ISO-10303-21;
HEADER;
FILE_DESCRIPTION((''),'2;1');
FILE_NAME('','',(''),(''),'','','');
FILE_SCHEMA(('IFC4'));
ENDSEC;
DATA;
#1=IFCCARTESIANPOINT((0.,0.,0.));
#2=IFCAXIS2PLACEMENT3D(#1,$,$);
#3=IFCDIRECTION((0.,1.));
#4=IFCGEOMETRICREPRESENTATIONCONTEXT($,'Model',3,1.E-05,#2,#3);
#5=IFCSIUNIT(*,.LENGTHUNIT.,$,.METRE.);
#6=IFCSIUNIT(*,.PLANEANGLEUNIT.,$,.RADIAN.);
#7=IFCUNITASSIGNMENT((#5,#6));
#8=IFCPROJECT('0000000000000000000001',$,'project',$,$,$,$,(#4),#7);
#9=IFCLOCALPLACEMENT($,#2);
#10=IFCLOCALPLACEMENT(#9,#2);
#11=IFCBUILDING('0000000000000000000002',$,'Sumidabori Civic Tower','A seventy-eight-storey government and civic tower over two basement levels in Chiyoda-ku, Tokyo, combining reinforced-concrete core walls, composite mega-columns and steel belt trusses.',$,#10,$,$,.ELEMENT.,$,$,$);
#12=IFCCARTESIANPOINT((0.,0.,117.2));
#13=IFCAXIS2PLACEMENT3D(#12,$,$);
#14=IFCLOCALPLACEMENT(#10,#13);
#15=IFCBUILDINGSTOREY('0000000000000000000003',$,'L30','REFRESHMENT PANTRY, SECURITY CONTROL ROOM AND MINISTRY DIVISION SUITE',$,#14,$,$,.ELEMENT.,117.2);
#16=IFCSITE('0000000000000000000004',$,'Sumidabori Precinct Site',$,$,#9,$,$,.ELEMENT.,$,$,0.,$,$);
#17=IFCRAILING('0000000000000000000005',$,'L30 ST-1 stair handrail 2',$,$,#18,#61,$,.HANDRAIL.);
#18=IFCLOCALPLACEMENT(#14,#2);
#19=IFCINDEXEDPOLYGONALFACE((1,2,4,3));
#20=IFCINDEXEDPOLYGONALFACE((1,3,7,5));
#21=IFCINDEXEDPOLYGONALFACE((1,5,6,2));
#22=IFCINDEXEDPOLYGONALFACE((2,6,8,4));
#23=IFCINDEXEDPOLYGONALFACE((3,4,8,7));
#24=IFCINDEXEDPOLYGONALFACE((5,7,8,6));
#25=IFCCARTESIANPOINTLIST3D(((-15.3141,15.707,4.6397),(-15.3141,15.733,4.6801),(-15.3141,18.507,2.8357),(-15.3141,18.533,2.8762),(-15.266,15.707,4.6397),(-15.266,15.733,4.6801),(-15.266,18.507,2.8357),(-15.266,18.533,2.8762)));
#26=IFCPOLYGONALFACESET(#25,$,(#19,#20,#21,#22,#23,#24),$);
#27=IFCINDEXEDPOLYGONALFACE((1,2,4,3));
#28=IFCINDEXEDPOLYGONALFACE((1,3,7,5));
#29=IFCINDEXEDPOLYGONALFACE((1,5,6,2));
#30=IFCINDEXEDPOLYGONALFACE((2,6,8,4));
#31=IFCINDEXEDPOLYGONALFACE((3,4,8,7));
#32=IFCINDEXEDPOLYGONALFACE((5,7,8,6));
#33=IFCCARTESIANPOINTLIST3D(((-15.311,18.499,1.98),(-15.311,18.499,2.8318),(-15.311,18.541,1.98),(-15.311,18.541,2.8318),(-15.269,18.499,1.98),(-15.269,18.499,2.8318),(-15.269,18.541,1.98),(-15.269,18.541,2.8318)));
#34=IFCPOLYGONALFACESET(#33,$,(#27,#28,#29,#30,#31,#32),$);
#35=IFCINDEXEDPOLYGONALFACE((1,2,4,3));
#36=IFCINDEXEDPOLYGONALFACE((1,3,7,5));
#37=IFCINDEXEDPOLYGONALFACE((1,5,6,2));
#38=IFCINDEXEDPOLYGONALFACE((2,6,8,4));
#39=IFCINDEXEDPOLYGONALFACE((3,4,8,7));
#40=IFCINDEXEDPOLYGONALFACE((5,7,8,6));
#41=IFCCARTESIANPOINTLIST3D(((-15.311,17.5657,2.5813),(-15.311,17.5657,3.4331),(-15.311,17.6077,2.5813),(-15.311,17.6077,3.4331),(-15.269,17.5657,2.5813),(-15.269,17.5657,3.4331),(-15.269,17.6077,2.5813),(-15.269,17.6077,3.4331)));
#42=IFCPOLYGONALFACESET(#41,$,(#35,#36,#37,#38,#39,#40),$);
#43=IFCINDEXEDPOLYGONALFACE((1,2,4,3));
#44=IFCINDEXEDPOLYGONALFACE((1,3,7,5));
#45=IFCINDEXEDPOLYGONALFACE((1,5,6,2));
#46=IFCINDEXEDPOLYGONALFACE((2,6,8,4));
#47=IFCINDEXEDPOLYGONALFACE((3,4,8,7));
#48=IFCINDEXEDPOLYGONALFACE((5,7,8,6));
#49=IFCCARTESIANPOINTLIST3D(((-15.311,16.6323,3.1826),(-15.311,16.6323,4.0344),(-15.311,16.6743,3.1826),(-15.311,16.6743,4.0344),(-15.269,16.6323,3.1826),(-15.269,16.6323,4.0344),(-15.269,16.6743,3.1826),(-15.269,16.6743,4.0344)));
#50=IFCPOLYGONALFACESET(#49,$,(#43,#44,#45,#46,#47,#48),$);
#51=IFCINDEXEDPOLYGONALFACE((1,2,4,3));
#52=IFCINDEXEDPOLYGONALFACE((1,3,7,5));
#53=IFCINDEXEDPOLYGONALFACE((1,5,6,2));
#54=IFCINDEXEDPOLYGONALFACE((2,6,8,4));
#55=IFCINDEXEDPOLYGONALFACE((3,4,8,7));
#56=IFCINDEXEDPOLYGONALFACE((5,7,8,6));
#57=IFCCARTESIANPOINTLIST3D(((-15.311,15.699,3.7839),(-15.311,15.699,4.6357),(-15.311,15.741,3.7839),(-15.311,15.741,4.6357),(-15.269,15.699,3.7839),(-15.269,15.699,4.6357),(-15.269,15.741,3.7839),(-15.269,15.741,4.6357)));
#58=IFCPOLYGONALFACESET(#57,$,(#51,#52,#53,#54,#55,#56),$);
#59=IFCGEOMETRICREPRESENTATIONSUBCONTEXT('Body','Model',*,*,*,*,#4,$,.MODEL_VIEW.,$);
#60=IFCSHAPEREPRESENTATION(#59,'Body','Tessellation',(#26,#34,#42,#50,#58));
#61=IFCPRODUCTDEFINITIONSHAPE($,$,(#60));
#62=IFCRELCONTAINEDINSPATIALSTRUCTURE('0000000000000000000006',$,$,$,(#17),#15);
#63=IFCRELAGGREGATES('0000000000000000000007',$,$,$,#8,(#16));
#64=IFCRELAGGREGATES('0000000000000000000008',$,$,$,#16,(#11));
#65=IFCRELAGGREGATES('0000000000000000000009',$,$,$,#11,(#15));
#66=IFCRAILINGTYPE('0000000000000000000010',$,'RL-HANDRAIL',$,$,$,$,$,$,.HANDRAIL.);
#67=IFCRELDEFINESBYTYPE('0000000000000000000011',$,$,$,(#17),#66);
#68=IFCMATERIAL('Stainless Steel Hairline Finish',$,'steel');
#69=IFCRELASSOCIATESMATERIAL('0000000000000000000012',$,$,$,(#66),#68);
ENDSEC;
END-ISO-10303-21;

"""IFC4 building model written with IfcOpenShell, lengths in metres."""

from ifc_helpers import new_model, si_unit, direction, frame, origin, origin_2d, place, context, subcontext, project, spatial, rectangle, extrude, material, type_object, element, save


model = new_model("IFC4")

# Units and contexts
model_context = context("Model", 3, precision=1e-05, world=origin(), true_north=direction((0.0, 1.0)))
body_context = subcontext(model_context, "Body", "Model", "MODEL_VIEW")
ifc_project = project(units=[si_unit("LENGTHUNIT", "METRE"), si_unit("PLANEANGLEUNIT", "RADIAN")], contexts=[model_context])

# Site, building, storey
site_placement = place(None, origin())
site = spatial("IfcSite", under=ifc_project, at=site_placement, Name="Sumidabori Precinct Site", CompositionType="ELEMENT", RefElevation=0.0)
building_placement = place(site_placement, origin())
building = spatial("IfcBuilding", under=site, at=building_placement, Name="Sumidabori Civic Tower", Description="A seventy-eight-storey government and civic tower over two basement levels in Chiyoda-ku, Tokyo, combining reinforced-concrete core walls, composite mega-columns and steel belt trusses.", CompositionType="ELEMENT")
storey_placement = place(building_placement, frame((0.0, 0.0, 117.2)))
storey = spatial("IfcBuildingStorey", under=building, at=storey_placement, Name="L30", Description="REFRESHMENT PANTRY, SECURITY CONTROL ROOM AND MINISTRY DIVISION SUITE", CompositionType="ELEMENT", Elevation=117.2)

# Railing
ifc_material_1 = material(Name="Stainless Steel Hairline Finish", Category="steel")
railing_type = type_object("IfcRailingType", Name="RL-HANDRAIL", PredefinedType="HANDRAIL", material=ifc_material_1)
railing_placement = place(storey_placement, frame((-15.29, 18.52, 1.98)))
element("IfcRailing", 1, at=railing_placement, inside=storey, type_object=railing_type, Name="L30 ST-1 stair handrail 2", PredefinedType="HANDRAIL", context=body_context, shape_type="SweptSolid", body=[
    extrude(rectangle(XDim=0.0481, YDim=0.0481, at=origin_2d()), frame((0.0, 0.0, 0.876), z_axis=(0.0, -0.840642, 0.541591), x_axis=(1.0, 0.0, 0.0)), (0.0, 0.0, 1.0), 3.3308),
    extrude(rectangle(XDim=0.042, YDim=0.042, at=origin_2d()), origin(), (0.0, 0.0, 1.0), 0.8518),
    extrude(rectangle(XDim=0.042, YDim=0.042, at=origin_2d()), frame((0.0, -0.9333, 0.6013)), (0.0, 0.0, 1.0), 0.8518),
    extrude(rectangle(XDim=0.042, YDim=0.042, at=origin_2d()), frame((0.0, -1.8667, 1.2026)), (0.0, 0.0, 1.0), 0.8518),
    extrude(rectangle(XDim=0.042, YDim=0.042, at=origin_2d()), frame((0.0, -2.8, 1.804)), (0.0, 0.0, 1.0), 0.8518),
])

save(model, "model.ifc")
